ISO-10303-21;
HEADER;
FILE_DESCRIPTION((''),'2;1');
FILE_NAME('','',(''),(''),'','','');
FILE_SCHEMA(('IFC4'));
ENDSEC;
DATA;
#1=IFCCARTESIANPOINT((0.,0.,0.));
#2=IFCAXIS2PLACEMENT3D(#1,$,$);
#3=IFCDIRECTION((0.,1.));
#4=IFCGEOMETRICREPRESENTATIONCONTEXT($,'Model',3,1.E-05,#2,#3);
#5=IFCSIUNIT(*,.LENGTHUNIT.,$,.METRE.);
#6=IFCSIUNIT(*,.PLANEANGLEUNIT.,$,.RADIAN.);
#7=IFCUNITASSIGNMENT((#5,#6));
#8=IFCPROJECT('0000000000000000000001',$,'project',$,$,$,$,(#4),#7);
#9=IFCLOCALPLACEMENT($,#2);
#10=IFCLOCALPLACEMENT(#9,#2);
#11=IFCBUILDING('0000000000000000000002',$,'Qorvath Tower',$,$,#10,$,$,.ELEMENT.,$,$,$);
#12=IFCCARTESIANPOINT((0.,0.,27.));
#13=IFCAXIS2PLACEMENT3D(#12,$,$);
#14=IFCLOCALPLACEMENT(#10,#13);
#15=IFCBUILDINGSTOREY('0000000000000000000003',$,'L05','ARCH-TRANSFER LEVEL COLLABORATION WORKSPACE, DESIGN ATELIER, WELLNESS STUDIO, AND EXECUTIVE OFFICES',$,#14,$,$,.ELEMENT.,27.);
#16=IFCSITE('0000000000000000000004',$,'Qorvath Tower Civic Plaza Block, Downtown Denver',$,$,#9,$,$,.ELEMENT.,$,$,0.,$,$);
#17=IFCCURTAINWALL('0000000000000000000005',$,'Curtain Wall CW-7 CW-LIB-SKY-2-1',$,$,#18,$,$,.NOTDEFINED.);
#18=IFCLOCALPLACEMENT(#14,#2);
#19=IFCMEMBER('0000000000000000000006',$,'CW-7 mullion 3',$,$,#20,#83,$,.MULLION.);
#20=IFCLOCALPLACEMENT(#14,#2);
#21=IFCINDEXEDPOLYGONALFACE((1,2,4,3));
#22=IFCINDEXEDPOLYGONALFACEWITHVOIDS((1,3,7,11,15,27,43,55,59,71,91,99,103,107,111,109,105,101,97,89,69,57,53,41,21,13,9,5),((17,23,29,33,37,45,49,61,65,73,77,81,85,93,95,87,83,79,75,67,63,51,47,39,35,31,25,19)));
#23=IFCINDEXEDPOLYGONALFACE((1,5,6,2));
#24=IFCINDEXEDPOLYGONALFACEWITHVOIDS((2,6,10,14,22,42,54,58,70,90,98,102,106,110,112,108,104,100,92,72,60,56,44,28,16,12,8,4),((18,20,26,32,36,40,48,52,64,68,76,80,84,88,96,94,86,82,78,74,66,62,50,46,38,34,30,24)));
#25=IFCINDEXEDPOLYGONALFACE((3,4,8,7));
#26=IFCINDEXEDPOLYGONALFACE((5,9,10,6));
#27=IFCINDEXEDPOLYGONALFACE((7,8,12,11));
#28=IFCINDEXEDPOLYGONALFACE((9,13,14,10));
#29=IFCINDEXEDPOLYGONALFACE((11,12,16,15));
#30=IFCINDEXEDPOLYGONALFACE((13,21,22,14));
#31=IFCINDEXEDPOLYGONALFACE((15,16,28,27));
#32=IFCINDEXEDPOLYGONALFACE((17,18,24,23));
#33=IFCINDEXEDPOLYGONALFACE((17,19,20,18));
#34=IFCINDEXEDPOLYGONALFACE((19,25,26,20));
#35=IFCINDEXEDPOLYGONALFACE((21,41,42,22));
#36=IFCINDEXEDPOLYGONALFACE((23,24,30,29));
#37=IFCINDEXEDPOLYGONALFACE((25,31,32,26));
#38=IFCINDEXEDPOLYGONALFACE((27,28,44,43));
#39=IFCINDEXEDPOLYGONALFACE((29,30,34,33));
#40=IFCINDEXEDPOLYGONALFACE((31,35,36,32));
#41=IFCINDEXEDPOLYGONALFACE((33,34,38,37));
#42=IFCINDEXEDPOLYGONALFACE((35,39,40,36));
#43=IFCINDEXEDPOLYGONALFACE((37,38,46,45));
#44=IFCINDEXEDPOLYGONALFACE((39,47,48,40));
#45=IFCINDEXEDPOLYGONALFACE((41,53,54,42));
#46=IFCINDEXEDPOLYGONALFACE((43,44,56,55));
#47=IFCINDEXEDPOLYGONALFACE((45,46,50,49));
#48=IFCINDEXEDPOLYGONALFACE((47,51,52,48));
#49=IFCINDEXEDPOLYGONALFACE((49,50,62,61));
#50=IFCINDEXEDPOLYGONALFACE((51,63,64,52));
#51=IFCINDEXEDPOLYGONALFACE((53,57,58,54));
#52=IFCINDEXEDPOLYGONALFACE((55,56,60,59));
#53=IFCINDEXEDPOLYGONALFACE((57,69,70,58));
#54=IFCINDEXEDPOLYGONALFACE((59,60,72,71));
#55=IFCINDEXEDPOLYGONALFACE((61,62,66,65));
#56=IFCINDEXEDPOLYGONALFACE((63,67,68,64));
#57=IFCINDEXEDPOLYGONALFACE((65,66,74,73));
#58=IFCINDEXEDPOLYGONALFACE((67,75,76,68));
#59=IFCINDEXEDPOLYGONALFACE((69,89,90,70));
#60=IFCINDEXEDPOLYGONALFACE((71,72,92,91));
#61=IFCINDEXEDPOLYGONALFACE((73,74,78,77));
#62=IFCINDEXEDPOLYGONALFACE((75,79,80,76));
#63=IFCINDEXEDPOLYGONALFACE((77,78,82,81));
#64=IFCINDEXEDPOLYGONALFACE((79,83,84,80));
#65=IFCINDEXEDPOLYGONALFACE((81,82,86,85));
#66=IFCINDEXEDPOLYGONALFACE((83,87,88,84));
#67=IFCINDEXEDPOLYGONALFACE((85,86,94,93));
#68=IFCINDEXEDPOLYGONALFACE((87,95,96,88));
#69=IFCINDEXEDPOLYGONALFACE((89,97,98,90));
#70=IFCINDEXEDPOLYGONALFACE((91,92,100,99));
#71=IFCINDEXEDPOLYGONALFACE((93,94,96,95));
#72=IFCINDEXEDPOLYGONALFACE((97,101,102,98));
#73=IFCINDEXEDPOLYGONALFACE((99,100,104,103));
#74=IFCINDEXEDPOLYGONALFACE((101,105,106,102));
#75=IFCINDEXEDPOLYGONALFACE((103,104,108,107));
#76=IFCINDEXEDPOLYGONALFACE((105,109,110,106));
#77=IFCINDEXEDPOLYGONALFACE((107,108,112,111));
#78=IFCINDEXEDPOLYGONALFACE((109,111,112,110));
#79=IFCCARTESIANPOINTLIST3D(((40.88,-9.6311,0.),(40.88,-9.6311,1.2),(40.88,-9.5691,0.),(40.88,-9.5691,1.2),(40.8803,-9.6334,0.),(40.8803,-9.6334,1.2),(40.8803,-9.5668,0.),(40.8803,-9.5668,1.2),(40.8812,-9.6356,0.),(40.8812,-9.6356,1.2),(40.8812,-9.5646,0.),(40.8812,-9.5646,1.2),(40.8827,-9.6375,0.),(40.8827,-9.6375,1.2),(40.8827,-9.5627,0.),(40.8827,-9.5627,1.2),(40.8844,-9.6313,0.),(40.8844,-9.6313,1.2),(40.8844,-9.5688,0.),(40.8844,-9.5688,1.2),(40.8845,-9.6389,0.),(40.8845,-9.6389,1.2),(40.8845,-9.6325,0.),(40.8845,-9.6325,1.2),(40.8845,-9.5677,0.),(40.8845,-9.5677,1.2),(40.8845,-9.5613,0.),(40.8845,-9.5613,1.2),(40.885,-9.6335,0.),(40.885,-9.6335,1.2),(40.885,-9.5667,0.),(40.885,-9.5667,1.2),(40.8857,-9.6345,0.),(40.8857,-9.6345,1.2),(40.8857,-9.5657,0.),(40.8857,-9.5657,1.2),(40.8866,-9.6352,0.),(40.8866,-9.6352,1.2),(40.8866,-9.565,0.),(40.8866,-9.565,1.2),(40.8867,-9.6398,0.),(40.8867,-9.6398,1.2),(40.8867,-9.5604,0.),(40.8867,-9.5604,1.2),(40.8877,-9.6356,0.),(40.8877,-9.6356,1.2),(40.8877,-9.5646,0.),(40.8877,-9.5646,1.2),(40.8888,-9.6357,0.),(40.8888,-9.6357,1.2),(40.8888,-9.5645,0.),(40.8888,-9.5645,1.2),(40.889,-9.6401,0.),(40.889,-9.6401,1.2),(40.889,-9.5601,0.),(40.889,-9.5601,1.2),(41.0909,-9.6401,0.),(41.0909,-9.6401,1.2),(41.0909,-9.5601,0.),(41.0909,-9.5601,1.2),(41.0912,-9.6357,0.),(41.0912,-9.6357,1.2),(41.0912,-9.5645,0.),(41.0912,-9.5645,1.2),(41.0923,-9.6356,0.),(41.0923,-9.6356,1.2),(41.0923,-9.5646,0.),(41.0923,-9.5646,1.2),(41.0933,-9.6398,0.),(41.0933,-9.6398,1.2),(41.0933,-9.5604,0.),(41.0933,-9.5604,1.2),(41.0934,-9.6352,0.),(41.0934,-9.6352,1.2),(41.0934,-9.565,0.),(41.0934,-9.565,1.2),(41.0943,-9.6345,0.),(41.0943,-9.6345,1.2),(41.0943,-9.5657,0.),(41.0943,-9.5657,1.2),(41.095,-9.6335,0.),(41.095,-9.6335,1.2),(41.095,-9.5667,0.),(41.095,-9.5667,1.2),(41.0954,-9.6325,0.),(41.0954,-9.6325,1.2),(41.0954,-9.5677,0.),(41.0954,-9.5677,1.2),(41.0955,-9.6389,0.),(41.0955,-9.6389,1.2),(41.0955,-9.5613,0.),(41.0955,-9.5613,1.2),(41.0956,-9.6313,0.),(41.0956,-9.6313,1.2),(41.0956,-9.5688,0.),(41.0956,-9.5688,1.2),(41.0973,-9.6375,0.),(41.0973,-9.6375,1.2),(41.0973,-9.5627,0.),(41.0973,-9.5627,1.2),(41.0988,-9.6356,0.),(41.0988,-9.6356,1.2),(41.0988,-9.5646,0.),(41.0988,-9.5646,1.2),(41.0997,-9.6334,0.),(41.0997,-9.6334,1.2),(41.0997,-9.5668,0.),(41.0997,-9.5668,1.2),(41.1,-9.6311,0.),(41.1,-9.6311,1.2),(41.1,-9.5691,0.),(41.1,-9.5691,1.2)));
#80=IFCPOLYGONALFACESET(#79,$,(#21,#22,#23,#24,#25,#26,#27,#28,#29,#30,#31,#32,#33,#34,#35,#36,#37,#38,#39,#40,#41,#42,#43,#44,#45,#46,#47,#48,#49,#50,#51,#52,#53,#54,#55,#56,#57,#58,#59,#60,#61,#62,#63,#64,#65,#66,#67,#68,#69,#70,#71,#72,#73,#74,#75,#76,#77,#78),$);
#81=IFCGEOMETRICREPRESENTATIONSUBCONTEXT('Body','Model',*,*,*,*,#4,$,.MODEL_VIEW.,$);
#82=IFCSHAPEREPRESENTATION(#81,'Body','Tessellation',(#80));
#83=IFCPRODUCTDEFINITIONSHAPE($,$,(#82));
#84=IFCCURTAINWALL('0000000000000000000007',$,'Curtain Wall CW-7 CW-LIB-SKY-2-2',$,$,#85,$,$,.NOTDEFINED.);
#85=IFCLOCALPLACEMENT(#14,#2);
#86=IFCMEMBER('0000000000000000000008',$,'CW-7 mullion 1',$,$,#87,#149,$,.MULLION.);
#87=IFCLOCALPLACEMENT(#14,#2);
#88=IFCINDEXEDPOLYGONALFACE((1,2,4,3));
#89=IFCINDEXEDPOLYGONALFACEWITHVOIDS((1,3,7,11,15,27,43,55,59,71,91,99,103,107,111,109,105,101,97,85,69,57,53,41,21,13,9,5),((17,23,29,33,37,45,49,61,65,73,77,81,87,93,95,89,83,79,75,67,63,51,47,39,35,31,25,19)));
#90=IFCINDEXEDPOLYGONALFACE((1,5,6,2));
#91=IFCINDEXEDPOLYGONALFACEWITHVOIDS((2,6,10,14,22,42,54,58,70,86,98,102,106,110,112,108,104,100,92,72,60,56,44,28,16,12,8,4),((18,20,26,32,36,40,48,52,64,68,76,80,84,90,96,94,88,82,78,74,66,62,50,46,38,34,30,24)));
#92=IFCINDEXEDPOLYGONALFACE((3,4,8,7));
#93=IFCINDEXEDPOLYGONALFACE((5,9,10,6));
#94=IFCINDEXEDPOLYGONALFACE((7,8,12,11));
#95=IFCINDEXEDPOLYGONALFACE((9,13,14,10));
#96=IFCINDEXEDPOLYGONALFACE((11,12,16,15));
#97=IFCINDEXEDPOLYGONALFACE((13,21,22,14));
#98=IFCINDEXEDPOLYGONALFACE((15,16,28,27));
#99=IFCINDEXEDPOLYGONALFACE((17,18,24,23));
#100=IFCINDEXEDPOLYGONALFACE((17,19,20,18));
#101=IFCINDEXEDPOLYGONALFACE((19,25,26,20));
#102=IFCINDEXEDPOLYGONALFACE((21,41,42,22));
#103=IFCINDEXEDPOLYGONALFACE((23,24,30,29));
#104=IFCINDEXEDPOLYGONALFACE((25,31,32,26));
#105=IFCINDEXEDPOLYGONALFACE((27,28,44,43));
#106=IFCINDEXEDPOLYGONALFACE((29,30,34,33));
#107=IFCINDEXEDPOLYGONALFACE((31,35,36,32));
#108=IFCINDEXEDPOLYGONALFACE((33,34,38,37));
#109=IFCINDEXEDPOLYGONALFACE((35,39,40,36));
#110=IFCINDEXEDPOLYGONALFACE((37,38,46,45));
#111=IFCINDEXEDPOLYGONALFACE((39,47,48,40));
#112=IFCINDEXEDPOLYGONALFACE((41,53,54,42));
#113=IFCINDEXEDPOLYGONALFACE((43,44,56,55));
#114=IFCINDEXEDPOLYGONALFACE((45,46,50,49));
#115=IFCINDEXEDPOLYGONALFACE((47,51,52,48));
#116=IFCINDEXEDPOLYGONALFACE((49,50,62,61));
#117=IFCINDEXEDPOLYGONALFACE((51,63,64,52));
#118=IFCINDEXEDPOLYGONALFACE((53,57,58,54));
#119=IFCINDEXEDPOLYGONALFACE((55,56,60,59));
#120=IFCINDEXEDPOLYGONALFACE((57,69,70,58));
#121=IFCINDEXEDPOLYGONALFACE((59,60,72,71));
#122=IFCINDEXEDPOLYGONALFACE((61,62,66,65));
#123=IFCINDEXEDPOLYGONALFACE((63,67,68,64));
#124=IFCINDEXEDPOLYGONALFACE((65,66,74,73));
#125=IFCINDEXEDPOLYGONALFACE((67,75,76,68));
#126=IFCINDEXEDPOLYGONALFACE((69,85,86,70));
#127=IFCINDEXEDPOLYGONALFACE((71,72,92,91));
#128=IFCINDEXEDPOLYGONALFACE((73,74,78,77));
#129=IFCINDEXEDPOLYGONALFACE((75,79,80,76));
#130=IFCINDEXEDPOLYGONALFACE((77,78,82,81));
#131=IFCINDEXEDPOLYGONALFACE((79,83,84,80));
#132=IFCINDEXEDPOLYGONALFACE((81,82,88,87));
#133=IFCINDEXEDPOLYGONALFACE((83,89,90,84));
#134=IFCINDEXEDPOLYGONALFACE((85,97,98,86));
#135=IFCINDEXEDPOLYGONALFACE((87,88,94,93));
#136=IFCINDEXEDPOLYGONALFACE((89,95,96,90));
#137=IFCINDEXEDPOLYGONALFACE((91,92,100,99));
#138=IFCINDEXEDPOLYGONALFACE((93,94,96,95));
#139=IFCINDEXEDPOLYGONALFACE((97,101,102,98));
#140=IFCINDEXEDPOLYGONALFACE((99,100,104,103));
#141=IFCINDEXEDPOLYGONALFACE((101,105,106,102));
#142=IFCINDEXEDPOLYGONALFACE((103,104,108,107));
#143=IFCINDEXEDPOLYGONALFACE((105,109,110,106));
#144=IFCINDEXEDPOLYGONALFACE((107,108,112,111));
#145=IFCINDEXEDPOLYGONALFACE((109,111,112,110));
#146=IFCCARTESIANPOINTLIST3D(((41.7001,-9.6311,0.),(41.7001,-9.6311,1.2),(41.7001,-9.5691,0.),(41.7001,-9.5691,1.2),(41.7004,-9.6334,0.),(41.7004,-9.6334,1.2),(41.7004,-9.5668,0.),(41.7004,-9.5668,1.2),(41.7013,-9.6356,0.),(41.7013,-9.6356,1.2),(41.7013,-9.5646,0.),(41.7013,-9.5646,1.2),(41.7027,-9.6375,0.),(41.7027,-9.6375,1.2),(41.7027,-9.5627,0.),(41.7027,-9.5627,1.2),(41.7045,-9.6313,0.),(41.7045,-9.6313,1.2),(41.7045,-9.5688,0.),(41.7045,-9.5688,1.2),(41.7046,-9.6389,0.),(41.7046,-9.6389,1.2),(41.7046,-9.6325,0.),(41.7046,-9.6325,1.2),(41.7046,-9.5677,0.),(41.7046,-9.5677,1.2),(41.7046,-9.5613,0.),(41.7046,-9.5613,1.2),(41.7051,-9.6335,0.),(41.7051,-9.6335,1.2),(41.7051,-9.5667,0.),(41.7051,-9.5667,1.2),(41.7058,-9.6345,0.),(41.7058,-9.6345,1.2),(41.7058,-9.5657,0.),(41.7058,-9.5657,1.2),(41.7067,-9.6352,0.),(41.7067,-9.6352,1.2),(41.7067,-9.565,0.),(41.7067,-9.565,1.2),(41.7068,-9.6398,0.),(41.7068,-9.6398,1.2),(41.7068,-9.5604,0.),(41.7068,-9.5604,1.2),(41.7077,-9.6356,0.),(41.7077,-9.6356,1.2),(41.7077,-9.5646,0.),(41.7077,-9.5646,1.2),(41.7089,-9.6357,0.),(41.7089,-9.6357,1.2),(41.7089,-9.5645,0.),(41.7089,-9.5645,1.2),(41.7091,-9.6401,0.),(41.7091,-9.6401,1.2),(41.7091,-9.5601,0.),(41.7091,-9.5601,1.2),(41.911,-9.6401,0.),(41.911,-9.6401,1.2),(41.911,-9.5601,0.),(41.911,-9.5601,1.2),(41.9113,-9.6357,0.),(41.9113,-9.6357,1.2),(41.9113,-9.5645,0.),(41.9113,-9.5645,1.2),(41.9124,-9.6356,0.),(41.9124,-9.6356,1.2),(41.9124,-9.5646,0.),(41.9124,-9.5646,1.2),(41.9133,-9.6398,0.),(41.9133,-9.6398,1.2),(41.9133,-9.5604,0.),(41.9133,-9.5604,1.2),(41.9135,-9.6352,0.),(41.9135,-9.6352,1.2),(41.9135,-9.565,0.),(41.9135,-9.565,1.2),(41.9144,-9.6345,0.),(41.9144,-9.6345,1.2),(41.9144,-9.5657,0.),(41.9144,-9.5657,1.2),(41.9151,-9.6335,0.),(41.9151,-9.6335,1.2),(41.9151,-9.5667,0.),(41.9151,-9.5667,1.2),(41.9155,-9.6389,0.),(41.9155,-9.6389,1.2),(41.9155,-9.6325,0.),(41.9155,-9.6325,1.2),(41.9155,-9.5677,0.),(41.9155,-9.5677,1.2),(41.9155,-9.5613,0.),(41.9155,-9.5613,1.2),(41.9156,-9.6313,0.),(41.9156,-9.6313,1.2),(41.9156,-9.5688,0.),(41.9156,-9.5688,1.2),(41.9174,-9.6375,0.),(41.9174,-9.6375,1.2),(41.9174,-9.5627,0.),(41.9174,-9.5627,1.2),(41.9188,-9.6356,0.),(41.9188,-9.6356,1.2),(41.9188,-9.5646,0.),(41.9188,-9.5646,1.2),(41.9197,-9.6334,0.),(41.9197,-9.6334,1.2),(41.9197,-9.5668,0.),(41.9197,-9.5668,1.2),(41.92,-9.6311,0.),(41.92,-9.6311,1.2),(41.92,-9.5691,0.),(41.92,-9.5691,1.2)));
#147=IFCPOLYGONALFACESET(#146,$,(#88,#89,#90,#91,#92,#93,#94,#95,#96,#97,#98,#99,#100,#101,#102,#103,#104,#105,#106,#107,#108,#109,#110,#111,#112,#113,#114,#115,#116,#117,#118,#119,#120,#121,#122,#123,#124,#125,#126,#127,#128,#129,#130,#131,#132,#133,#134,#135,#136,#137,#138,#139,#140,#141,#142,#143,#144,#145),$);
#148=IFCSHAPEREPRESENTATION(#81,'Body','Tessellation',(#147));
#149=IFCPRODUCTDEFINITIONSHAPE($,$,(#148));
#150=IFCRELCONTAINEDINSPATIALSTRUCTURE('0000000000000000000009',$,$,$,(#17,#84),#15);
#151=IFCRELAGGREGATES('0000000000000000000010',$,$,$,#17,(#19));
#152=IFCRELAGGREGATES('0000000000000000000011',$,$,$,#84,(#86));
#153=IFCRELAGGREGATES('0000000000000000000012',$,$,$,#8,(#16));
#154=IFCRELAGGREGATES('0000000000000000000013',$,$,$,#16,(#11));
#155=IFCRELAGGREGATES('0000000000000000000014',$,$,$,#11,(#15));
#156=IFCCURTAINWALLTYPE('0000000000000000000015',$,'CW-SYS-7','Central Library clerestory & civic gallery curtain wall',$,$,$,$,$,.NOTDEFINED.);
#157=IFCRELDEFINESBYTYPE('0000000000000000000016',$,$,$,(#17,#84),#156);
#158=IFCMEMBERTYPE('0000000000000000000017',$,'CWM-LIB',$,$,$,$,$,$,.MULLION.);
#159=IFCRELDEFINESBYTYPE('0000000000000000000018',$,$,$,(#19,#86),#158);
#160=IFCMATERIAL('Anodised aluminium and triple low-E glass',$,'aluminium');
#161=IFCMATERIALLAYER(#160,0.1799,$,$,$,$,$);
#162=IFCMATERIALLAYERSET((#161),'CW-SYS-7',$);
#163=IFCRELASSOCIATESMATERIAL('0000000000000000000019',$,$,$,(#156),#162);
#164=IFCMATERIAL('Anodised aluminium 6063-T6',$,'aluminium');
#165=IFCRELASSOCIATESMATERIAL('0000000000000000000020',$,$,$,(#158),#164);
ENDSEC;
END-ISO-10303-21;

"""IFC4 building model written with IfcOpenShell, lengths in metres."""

from ifc_helpers import new_model, si_unit, direction, frame, origin, origin_2d, place, context, subcontext, project, spatial, hollow_rectangle, extrude, material, layer, layer_set, material_profile, profile_set, type_object, element, aggregate, save


model = new_model("IFC4")

# Units and contexts
model_context = context("Model", 3, precision=1e-05, world=origin(), true_north=direction((0.0, 1.0)))
body_context = subcontext(model_context, "Body", "Model", "MODEL_VIEW")
ifc_project = project(units=[si_unit("LENGTHUNIT", "METRE"), si_unit("PLANEANGLEUNIT", "RADIAN")], contexts=[model_context])

# Site, building, storey
site_placement = place(None, origin())
site = spatial("IfcSite", under=ifc_project, at=site_placement, Name="Qorvath Tower Civic Plaza Block, Downtown Denver", CompositionType="ELEMENT", RefElevation=0.0)
building_placement = place(site_placement, origin())
building = spatial("IfcBuilding", under=site, at=building_placement, Name="Qorvath Tower", CompositionType="ELEMENT")
storey_placement = place(building_placement, frame((0.0, 0.0, 27.0)))
storey = spatial("IfcBuildingStorey", under=building, at=storey_placement, Name="L05", Description="ARCH-TRANSFER LEVEL COLLABORATION WORKSPACE, DESIGN ATELIER, WELLNESS STUDIO, AND EXECUTIVE OFFICES", CompositionType="ELEMENT", Elevation=27.0)

# Curtain walls, members
ifc_material_1 = material(Name="Anodised aluminium and triple low-E glass", Category="aluminium")
ifc_layer_1 = layer(ifc_material_1, 0.1799)
ifc_layer_set_1 = layer_set([ifc_layer_1], Name="CW-SYS-7")
curtain_wall_type = type_object("IfcCurtainWallType", Name="CW-SYS-7", Description="Central Library clerestory & civic gallery curtain wall", PredefinedType="NOTDEFINED", material=ifc_layer_set_1)
curtain_wall_1_placement = place(storey_placement, origin())
curtain_wall_1 = element("IfcCurtainWall", 1, at=curtain_wall_1_placement, inside=storey, type_object=curtain_wall_type, Name="Curtain Wall CW-7 CW-LIB-SKY-2-1", PredefinedType="NOTDEFINED")
ifc_material_2 = material(Name="Anodised aluminium 6063-T6", Category="aluminium")
ifc_material_profile_1 = material_profile(ifc_material_2, hollow_rectangle(XDim=0.0801, YDim=0.22, WallThickness=0.0044, InnerFilletRadius=0.0044, OuterFilletRadius=0.009, at=origin_2d()), Name="CWM LIB 220x80")
ifc_profile_set_1 = profile_set([ifc_material_profile_1], Name="Anodised aluminium 6063-T6")
member_type_1 = type_object("IfcMemberType", Name="CWM-LIB", PredefinedType="MULLION", material=ifc_profile_set_1)
member_1_placement = place(storey_placement, frame((40.99, -9.6001, 0.0), z_axis=(0.0, 0.0, 1.0), x_axis=(0.0, 1.0, 0.0)))
member_1 = element("IfcMember", 2, at=member_1_placement, type_object=member_type_1, Name="CW-7 mullion 3", PredefinedType="MULLION", context=body_context, shape_type="SweptSolid", body=[
    extrude(hollow_rectangle(XDim=0.0801, YDim=0.22, WallThickness=0.0044, InnerFilletRadius=0.0044, OuterFilletRadius=0.009, at=origin_2d()), origin(), (0.0, 0.0, 1.0), 1.2),
])
curtain_wall_2_placement = place(storey_placement, origin())
curtain_wall_2 = element("IfcCurtainWall", 3, at=curtain_wall_2_placement, inside=storey, type_object=curtain_wall_type, Name="Curtain Wall CW-7 CW-LIB-SKY-2-2", PredefinedType="NOTDEFINED")
member_2_placement = place(storey_placement, frame((41.8101, -9.6001, 0.0), z_axis=(0.0, 0.0, 1.0), x_axis=(0.0, 1.0, 0.0)))
member_2 = element("IfcMember", 4, at=member_2_placement, type_object=member_type_1, Name="CW-7 mullion 1", PredefinedType="MULLION", context=body_context, shape_type="SweptSolid", body=[
    extrude(hollow_rectangle(XDim=0.0801, YDim=0.22, WallThickness=0.0044, InnerFilletRadius=0.0044, OuterFilletRadius=0.009, at=origin_2d()), origin(), (0.0, 0.0, 1.0), 1.2),
])

aggregate(curtain_wall_1, [member_1])
aggregate(curtain_wall_2, [member_2])

save(model, "model.ifc")
